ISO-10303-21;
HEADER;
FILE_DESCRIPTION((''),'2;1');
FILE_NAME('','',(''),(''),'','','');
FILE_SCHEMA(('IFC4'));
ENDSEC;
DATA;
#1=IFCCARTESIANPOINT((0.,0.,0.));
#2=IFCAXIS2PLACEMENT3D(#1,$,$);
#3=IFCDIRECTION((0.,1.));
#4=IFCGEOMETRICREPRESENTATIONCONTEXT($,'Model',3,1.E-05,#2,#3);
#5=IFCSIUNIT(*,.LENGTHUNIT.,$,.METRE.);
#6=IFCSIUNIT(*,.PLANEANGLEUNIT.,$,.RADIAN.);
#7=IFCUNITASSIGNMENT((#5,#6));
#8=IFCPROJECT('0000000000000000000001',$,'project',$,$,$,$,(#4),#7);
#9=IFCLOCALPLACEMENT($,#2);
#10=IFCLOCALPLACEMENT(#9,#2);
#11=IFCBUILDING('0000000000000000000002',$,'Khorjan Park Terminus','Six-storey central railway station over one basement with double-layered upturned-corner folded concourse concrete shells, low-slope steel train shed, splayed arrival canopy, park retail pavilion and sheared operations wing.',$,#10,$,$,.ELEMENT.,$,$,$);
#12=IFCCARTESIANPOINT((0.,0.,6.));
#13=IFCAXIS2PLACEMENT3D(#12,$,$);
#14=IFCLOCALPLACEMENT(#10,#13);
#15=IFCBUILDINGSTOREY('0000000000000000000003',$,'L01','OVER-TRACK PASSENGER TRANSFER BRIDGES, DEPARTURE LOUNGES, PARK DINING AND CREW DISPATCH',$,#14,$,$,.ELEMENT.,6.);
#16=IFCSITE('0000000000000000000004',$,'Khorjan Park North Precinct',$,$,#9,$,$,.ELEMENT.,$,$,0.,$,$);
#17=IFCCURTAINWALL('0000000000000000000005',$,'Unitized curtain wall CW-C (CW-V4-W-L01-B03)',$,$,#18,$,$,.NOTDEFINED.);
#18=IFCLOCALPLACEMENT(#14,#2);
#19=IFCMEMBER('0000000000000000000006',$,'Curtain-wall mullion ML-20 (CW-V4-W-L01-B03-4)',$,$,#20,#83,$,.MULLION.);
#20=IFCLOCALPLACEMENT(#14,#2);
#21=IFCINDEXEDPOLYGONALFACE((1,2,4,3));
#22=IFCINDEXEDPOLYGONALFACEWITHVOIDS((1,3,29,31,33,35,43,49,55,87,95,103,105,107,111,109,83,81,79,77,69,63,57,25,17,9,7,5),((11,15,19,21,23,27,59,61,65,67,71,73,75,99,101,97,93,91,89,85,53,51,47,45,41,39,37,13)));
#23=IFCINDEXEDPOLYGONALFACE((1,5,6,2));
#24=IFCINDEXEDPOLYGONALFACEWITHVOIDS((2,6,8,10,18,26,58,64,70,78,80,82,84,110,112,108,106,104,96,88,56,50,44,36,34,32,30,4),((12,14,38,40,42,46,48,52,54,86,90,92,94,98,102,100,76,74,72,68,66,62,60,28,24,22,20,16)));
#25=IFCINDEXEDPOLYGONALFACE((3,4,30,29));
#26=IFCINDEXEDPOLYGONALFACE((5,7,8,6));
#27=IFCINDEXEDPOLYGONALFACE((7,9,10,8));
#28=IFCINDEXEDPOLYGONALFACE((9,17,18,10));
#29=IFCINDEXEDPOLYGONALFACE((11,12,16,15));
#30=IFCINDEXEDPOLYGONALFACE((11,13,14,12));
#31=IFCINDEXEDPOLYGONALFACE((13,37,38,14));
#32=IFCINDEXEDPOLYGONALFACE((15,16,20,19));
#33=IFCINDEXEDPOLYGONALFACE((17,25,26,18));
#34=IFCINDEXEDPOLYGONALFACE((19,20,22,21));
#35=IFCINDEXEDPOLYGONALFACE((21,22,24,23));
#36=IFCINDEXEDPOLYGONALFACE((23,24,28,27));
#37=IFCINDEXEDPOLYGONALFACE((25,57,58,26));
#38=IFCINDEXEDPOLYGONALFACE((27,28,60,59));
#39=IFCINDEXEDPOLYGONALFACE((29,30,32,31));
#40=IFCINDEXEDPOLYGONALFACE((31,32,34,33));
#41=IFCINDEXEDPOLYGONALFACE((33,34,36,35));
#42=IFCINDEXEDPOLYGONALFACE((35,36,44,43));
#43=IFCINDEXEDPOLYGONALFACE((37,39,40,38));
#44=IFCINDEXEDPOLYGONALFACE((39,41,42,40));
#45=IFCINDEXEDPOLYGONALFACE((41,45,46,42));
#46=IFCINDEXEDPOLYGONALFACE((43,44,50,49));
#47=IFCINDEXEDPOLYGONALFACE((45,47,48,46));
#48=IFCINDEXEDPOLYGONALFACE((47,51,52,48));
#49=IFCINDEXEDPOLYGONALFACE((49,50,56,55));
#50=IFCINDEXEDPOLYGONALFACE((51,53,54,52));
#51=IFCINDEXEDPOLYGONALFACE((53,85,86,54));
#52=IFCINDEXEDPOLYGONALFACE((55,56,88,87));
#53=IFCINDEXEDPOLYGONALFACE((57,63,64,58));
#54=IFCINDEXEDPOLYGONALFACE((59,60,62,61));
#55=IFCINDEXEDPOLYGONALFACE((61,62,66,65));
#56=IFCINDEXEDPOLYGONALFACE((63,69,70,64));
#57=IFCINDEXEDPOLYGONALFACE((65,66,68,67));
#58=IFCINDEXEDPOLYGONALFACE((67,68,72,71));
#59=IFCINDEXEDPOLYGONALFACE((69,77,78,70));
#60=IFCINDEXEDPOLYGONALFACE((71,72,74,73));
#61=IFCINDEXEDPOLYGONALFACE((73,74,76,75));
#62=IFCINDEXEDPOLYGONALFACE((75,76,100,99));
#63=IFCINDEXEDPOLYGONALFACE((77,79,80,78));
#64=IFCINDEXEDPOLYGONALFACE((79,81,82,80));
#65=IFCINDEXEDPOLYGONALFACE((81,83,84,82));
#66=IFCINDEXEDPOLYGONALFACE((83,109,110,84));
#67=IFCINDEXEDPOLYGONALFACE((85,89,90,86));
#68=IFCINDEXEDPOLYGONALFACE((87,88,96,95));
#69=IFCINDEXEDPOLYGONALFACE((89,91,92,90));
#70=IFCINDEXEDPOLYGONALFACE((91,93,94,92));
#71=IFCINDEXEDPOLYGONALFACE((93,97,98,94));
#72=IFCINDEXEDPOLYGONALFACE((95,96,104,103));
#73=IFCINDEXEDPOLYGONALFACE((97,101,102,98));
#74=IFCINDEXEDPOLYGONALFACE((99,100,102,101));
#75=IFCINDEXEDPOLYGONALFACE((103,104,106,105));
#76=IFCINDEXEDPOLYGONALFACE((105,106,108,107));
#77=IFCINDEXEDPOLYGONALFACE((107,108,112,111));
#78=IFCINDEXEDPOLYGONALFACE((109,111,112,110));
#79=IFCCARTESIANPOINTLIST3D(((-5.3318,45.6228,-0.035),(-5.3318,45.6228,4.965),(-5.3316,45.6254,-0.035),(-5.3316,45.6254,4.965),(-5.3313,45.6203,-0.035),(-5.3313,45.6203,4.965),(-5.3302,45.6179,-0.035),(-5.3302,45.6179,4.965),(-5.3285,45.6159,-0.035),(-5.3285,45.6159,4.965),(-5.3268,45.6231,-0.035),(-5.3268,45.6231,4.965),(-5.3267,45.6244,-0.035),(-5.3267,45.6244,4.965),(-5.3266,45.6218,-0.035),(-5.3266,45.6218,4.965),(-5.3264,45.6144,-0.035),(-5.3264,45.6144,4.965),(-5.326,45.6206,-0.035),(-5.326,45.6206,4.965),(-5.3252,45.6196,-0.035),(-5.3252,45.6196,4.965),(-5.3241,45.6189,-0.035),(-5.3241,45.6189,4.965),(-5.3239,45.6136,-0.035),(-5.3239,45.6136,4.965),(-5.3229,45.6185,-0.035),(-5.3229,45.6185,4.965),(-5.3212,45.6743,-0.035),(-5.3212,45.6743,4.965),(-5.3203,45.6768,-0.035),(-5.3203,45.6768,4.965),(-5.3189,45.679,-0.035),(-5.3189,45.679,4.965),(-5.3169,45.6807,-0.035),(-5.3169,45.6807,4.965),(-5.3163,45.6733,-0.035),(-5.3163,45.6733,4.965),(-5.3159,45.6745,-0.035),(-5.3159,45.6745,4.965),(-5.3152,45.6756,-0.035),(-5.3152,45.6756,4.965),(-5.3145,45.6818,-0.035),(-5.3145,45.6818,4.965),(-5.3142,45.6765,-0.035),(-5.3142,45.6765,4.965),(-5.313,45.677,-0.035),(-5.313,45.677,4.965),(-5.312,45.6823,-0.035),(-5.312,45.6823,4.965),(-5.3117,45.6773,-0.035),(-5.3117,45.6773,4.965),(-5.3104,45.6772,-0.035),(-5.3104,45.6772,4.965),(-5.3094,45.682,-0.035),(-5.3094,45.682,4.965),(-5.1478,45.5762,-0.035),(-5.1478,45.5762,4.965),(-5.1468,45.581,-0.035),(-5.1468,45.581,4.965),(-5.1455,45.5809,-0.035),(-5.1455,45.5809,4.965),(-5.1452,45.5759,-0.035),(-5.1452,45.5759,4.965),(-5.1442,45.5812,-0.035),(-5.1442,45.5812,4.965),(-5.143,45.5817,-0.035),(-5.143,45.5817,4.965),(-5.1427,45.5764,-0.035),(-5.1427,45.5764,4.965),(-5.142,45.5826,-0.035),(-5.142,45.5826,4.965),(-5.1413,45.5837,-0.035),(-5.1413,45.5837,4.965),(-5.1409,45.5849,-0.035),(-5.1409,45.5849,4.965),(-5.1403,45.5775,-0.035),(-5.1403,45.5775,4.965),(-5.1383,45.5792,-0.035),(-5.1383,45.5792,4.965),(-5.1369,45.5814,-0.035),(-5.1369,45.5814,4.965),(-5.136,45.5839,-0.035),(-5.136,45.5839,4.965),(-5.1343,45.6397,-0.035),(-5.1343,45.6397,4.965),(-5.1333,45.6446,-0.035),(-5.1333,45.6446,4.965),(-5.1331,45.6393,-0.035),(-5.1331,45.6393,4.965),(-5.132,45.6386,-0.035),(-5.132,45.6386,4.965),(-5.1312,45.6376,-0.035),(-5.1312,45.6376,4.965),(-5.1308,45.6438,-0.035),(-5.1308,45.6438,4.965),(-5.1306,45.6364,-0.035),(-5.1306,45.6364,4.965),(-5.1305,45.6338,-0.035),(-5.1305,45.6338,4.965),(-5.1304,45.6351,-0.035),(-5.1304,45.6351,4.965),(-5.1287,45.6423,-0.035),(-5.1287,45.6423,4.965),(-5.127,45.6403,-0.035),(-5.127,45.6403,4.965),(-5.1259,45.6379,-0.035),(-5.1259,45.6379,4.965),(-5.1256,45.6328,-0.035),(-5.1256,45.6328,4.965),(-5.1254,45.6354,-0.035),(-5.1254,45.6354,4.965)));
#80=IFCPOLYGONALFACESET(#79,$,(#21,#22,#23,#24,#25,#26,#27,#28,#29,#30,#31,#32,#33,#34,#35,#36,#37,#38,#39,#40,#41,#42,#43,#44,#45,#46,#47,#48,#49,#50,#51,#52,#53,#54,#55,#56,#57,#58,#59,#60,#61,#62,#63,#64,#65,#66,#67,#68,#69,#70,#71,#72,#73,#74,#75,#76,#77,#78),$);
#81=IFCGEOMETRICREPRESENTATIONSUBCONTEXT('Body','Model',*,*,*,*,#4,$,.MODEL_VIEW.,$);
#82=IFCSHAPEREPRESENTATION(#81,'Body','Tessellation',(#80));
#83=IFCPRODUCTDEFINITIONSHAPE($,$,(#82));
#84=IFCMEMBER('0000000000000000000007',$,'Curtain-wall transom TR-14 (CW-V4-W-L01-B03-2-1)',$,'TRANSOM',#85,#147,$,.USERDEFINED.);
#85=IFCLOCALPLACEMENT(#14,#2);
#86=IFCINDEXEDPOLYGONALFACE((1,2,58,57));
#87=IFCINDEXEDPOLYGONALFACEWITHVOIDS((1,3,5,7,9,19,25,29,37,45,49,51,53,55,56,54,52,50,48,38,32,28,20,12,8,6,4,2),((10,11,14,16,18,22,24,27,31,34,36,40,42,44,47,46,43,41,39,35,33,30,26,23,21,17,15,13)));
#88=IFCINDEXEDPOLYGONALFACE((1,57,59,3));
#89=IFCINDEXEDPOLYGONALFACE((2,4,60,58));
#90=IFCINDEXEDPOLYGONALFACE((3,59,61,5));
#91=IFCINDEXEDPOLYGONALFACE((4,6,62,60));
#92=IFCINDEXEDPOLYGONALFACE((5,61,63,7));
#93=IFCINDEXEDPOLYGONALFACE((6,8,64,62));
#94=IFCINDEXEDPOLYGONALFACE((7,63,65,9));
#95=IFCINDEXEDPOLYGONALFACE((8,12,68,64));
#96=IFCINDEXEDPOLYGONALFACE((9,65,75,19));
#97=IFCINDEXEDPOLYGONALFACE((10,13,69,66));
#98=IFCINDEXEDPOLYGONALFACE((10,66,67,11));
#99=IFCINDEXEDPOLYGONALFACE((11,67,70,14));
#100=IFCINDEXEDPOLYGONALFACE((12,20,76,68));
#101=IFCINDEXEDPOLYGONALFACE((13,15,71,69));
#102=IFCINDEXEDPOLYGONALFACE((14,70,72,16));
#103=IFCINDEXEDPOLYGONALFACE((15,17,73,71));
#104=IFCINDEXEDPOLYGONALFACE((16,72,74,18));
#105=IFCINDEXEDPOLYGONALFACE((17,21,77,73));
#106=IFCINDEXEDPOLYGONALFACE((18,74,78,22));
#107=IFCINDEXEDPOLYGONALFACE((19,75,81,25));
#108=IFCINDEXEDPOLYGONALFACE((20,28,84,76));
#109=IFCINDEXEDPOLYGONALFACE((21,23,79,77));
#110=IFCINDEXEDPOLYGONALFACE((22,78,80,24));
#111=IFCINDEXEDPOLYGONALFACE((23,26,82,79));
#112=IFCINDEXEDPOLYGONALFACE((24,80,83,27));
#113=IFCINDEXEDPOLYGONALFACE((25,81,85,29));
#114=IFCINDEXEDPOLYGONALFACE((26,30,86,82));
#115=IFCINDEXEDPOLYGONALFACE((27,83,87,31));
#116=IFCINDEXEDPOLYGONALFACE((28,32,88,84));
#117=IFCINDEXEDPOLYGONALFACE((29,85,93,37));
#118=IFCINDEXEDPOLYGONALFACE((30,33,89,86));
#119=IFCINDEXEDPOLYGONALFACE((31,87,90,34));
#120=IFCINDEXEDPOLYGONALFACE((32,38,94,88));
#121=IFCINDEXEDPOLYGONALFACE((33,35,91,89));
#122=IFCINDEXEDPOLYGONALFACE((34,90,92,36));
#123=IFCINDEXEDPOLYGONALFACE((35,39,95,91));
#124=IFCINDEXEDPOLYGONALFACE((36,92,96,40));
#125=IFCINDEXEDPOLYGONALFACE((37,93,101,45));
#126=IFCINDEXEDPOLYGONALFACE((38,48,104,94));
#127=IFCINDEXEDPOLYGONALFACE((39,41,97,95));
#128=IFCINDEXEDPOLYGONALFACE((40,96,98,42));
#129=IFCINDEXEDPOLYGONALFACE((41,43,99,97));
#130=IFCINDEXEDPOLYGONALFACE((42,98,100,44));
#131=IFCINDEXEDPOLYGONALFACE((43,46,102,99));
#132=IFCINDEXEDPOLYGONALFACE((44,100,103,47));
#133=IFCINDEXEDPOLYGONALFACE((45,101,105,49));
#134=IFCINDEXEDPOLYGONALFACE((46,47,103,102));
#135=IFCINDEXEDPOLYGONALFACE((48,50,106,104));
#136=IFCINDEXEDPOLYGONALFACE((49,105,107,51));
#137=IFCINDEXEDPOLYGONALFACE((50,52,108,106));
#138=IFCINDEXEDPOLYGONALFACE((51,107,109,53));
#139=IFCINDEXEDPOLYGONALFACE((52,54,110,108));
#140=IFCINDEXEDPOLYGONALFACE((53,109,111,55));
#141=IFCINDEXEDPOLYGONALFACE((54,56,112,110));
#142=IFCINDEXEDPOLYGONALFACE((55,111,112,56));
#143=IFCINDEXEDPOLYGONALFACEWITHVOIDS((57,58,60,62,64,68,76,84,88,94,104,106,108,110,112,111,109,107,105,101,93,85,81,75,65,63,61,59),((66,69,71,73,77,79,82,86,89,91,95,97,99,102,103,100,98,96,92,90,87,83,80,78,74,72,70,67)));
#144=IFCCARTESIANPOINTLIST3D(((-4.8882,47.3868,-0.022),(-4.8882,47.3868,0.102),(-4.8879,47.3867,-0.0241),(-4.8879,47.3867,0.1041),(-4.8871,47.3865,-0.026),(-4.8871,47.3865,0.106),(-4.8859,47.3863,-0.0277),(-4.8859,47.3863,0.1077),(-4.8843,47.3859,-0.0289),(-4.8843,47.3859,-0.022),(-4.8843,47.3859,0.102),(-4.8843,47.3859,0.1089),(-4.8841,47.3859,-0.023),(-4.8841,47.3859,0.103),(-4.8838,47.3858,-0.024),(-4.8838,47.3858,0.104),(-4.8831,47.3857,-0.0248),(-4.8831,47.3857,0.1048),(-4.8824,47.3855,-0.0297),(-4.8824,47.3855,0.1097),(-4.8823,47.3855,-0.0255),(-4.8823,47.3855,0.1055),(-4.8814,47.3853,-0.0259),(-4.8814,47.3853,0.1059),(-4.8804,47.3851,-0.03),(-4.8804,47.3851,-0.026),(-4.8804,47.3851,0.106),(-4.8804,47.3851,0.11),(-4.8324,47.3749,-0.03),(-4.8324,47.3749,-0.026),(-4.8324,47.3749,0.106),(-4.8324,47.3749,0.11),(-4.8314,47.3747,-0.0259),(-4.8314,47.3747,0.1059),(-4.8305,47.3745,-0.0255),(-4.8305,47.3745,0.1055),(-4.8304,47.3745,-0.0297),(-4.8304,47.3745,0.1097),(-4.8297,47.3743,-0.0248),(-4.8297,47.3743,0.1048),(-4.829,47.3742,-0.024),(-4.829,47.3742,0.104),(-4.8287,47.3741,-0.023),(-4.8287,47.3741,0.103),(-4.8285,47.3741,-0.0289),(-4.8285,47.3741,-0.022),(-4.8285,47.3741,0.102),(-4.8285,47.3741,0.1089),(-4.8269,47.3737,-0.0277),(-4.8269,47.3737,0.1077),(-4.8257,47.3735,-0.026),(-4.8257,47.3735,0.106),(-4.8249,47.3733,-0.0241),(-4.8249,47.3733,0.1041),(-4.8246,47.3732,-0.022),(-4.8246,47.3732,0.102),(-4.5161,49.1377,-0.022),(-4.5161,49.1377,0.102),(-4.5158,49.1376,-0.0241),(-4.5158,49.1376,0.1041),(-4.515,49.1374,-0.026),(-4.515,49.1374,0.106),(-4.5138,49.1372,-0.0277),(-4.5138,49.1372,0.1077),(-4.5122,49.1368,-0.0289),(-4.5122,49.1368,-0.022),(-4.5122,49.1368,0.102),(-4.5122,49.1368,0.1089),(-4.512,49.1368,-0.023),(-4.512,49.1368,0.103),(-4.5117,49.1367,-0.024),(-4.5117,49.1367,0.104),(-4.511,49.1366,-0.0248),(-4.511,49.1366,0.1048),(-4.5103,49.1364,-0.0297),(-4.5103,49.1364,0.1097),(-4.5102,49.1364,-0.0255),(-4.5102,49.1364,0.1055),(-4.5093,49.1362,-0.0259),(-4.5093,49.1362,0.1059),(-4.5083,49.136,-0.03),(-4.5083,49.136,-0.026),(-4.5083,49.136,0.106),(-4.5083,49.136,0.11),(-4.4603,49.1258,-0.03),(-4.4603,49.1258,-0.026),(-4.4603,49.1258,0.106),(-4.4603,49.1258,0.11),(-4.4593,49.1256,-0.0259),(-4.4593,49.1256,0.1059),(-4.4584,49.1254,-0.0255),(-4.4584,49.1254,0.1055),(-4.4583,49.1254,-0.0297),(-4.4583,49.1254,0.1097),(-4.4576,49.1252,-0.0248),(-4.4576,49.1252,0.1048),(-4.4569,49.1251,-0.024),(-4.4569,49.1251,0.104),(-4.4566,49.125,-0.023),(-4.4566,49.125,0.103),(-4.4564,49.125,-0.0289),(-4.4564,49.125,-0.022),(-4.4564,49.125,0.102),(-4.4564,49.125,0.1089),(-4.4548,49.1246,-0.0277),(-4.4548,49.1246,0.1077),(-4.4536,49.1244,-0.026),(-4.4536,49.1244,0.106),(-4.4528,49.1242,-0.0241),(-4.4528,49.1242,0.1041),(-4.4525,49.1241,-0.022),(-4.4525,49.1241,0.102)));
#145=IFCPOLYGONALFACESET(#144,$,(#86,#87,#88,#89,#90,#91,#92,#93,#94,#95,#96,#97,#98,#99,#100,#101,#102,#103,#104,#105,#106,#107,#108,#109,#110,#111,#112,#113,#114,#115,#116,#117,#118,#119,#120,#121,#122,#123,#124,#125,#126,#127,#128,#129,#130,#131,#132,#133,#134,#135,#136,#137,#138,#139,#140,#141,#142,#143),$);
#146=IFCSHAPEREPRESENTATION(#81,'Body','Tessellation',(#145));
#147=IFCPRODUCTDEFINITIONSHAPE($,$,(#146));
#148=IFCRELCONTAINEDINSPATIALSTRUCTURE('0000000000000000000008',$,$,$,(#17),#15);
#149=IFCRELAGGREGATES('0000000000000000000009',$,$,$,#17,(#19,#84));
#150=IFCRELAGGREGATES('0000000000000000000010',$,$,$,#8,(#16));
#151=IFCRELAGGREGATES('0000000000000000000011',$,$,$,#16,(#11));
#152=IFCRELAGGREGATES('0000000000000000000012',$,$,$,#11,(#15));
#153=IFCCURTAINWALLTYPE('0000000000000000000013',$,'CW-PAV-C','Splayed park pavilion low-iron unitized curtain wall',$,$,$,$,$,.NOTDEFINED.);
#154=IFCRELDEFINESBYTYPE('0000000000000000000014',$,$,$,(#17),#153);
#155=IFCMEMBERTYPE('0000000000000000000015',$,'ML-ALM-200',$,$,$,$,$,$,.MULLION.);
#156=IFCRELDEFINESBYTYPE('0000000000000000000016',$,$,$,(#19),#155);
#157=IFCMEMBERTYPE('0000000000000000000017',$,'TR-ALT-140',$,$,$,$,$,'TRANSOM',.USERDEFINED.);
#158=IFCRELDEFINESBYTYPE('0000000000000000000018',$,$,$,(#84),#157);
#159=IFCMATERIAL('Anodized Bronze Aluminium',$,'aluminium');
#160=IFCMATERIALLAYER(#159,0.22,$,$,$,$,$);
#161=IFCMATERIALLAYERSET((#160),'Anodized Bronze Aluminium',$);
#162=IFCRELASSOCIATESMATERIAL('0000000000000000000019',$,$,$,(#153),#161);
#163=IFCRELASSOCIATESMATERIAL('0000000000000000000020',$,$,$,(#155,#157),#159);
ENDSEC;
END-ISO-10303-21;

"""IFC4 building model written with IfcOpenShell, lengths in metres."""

from ifc_helpers import new_model, si_unit, direction, frame, origin, origin_2d, place, context, subcontext, project, spatial, hollow_rectangle, extrude, material, layer, layer_set, material_profile, profile_set, type_object, element, aggregate, save


model = new_model("IFC4")

# Units and contexts
model_context = context("Model", 3, precision=1e-05, world=origin(), true_north=direction((0.0, 1.0)))
body_context = subcontext(model_context, "Body", "Model", "MODEL_VIEW")
ifc_project = project(units=[si_unit("LENGTHUNIT", "METRE"), si_unit("PLANEANGLEUNIT", "RADIAN")], contexts=[model_context])

# Site, building, storey
site_placement = place(None, origin())
site = spatial("IfcSite", under=ifc_project, at=site_placement, Name="Khorjan Park North Precinct", CompositionType="ELEMENT", RefElevation=0.0)
building_placement = place(site_placement, origin())
building = spatial("IfcBuilding", under=site, at=building_placement, Name="Khorjan Park Terminus", Description="Six-storey central railway station over one basement with double-layered upturned-corner folded concourse concrete shells, low-slope steel train shed, splayed arrival canopy, park retail pavilion and sheared operations wing.", CompositionType="ELEMENT")
storey_placement = place(building_placement, frame((0.0, 0.0, 6.0)))
storey = spatial("IfcBuildingStorey", under=building, at=storey_placement, Name="L01", Description="OVER-TRACK PASSENGER TRANSFER BRIDGES, DEPARTURE LOUNGES, PARK DINING AND CREW DISPATCH", CompositionType="ELEMENT", Elevation=6.0)

# Curtain wall, members
ifc_material_1 = material(Name="Anodized Bronze Aluminium", Category="aluminium")
ifc_layer_1 = layer(ifc_material_1, 0.22)
ifc_layer_set_1 = layer_set([ifc_layer_1], Name="Anodized Bronze Aluminium")
curtain_wall_type = type_object("IfcCurtainWallType", Name="CW-PAV-C", Description="Splayed park pavilion low-iron unitized curtain wall", PredefinedType="NOTDEFINED", material=ifc_layer_set_1)
curtain_wall_placement = place(storey_placement, origin())
curtain_wall = element("IfcCurtainWall", 1, at=curtain_wall_placement, inside=storey, type_object=curtain_wall_type, Name="Unitized curtain wall CW-C (CW-V4-W-L01-B03)", PredefinedType="NOTDEFINED")
ifc_material_profile_1 = material_profile(ifc_material_1, hollow_rectangle(XDim=0.07, YDim=0.2, WallThickness=0.005, InnerFilletRadius=0.005, OuterFilletRadius=0.01, at=origin_2d()), Name="ALM 70x200x5")
ifc_profile_set_1 = profile_set([ifc_material_profile_1], Name="Anodized Bronze Aluminium")
member_type_1 = type_object("IfcMemberType", Name="ML-ALM-200", PredefinedType="MULLION", material=ifc_profile_set_1)
member_1_placement = place(storey_placement, frame((-5.2286, 45.6291, -0.035), z_axis=(0.0, 0.0, 1.0), x_axis=(-0.207918, -0.978146, 0.0)))
member_1 = element("IfcMember", 2, at=member_1_placement, type_object=member_type_1, Name="Curtain-wall mullion ML-20 (CW-V4-W-L01-B03-4)", PredefinedType="MULLION", context=body_context, shape_type="SweptSolid", body=[
    extrude(hollow_rectangle(XDim=0.07, YDim=0.2, WallThickness=0.005, InnerFilletRadius=0.005, OuterFilletRadius=0.01, at=origin_2d()), origin(), (0.0, 0.0, 1.0), 5.0),
])
ifc_material_profile_2 = material_profile(ifc_material_1, hollow_rectangle(XDim=0.065, YDim=0.14, WallThickness=0.004, InnerFilletRadius=0.004, OuterFilletRadius=0.008, at=origin_2d()), Name="ALT 65x140x4")
ifc_profile_set_2 = profile_set([ifc_material_profile_2], Name="Anodized Bronze Aluminium")
member_type_2 = type_object("IfcMemberType", Name="TR-ALT-140", ElementType="TRANSOM", PredefinedType="USERDEFINED", material=ifc_profile_set_2)
member_2_placement = place(storey_placement, frame((-4.4843, 49.1309, 0.04), z_axis=(-0.207877, -0.978155, 0.0), x_axis=(0.978155, -0.207877, 0.0)))
member_2 = element("IfcMember", 3, at=member_2_placement, type_object=member_type_2, Name="Curtain-wall transom TR-14 (CW-V4-W-L01-B03-2-1)", ObjectType="TRANSOM", PredefinedType="USERDEFINED", context=body_context, shape_type="SweptSolid", body=[
    extrude(hollow_rectangle(XDim=0.065, YDim=0.14, WallThickness=0.004, InnerFilletRadius=0.004, OuterFilletRadius=0.008, at=origin_2d()), origin(), (0.0, 0.0, 1.0), 1.79),
])
aggregate(curtain_wall, [member_1, member_2])

save(model, "model.ifc")
